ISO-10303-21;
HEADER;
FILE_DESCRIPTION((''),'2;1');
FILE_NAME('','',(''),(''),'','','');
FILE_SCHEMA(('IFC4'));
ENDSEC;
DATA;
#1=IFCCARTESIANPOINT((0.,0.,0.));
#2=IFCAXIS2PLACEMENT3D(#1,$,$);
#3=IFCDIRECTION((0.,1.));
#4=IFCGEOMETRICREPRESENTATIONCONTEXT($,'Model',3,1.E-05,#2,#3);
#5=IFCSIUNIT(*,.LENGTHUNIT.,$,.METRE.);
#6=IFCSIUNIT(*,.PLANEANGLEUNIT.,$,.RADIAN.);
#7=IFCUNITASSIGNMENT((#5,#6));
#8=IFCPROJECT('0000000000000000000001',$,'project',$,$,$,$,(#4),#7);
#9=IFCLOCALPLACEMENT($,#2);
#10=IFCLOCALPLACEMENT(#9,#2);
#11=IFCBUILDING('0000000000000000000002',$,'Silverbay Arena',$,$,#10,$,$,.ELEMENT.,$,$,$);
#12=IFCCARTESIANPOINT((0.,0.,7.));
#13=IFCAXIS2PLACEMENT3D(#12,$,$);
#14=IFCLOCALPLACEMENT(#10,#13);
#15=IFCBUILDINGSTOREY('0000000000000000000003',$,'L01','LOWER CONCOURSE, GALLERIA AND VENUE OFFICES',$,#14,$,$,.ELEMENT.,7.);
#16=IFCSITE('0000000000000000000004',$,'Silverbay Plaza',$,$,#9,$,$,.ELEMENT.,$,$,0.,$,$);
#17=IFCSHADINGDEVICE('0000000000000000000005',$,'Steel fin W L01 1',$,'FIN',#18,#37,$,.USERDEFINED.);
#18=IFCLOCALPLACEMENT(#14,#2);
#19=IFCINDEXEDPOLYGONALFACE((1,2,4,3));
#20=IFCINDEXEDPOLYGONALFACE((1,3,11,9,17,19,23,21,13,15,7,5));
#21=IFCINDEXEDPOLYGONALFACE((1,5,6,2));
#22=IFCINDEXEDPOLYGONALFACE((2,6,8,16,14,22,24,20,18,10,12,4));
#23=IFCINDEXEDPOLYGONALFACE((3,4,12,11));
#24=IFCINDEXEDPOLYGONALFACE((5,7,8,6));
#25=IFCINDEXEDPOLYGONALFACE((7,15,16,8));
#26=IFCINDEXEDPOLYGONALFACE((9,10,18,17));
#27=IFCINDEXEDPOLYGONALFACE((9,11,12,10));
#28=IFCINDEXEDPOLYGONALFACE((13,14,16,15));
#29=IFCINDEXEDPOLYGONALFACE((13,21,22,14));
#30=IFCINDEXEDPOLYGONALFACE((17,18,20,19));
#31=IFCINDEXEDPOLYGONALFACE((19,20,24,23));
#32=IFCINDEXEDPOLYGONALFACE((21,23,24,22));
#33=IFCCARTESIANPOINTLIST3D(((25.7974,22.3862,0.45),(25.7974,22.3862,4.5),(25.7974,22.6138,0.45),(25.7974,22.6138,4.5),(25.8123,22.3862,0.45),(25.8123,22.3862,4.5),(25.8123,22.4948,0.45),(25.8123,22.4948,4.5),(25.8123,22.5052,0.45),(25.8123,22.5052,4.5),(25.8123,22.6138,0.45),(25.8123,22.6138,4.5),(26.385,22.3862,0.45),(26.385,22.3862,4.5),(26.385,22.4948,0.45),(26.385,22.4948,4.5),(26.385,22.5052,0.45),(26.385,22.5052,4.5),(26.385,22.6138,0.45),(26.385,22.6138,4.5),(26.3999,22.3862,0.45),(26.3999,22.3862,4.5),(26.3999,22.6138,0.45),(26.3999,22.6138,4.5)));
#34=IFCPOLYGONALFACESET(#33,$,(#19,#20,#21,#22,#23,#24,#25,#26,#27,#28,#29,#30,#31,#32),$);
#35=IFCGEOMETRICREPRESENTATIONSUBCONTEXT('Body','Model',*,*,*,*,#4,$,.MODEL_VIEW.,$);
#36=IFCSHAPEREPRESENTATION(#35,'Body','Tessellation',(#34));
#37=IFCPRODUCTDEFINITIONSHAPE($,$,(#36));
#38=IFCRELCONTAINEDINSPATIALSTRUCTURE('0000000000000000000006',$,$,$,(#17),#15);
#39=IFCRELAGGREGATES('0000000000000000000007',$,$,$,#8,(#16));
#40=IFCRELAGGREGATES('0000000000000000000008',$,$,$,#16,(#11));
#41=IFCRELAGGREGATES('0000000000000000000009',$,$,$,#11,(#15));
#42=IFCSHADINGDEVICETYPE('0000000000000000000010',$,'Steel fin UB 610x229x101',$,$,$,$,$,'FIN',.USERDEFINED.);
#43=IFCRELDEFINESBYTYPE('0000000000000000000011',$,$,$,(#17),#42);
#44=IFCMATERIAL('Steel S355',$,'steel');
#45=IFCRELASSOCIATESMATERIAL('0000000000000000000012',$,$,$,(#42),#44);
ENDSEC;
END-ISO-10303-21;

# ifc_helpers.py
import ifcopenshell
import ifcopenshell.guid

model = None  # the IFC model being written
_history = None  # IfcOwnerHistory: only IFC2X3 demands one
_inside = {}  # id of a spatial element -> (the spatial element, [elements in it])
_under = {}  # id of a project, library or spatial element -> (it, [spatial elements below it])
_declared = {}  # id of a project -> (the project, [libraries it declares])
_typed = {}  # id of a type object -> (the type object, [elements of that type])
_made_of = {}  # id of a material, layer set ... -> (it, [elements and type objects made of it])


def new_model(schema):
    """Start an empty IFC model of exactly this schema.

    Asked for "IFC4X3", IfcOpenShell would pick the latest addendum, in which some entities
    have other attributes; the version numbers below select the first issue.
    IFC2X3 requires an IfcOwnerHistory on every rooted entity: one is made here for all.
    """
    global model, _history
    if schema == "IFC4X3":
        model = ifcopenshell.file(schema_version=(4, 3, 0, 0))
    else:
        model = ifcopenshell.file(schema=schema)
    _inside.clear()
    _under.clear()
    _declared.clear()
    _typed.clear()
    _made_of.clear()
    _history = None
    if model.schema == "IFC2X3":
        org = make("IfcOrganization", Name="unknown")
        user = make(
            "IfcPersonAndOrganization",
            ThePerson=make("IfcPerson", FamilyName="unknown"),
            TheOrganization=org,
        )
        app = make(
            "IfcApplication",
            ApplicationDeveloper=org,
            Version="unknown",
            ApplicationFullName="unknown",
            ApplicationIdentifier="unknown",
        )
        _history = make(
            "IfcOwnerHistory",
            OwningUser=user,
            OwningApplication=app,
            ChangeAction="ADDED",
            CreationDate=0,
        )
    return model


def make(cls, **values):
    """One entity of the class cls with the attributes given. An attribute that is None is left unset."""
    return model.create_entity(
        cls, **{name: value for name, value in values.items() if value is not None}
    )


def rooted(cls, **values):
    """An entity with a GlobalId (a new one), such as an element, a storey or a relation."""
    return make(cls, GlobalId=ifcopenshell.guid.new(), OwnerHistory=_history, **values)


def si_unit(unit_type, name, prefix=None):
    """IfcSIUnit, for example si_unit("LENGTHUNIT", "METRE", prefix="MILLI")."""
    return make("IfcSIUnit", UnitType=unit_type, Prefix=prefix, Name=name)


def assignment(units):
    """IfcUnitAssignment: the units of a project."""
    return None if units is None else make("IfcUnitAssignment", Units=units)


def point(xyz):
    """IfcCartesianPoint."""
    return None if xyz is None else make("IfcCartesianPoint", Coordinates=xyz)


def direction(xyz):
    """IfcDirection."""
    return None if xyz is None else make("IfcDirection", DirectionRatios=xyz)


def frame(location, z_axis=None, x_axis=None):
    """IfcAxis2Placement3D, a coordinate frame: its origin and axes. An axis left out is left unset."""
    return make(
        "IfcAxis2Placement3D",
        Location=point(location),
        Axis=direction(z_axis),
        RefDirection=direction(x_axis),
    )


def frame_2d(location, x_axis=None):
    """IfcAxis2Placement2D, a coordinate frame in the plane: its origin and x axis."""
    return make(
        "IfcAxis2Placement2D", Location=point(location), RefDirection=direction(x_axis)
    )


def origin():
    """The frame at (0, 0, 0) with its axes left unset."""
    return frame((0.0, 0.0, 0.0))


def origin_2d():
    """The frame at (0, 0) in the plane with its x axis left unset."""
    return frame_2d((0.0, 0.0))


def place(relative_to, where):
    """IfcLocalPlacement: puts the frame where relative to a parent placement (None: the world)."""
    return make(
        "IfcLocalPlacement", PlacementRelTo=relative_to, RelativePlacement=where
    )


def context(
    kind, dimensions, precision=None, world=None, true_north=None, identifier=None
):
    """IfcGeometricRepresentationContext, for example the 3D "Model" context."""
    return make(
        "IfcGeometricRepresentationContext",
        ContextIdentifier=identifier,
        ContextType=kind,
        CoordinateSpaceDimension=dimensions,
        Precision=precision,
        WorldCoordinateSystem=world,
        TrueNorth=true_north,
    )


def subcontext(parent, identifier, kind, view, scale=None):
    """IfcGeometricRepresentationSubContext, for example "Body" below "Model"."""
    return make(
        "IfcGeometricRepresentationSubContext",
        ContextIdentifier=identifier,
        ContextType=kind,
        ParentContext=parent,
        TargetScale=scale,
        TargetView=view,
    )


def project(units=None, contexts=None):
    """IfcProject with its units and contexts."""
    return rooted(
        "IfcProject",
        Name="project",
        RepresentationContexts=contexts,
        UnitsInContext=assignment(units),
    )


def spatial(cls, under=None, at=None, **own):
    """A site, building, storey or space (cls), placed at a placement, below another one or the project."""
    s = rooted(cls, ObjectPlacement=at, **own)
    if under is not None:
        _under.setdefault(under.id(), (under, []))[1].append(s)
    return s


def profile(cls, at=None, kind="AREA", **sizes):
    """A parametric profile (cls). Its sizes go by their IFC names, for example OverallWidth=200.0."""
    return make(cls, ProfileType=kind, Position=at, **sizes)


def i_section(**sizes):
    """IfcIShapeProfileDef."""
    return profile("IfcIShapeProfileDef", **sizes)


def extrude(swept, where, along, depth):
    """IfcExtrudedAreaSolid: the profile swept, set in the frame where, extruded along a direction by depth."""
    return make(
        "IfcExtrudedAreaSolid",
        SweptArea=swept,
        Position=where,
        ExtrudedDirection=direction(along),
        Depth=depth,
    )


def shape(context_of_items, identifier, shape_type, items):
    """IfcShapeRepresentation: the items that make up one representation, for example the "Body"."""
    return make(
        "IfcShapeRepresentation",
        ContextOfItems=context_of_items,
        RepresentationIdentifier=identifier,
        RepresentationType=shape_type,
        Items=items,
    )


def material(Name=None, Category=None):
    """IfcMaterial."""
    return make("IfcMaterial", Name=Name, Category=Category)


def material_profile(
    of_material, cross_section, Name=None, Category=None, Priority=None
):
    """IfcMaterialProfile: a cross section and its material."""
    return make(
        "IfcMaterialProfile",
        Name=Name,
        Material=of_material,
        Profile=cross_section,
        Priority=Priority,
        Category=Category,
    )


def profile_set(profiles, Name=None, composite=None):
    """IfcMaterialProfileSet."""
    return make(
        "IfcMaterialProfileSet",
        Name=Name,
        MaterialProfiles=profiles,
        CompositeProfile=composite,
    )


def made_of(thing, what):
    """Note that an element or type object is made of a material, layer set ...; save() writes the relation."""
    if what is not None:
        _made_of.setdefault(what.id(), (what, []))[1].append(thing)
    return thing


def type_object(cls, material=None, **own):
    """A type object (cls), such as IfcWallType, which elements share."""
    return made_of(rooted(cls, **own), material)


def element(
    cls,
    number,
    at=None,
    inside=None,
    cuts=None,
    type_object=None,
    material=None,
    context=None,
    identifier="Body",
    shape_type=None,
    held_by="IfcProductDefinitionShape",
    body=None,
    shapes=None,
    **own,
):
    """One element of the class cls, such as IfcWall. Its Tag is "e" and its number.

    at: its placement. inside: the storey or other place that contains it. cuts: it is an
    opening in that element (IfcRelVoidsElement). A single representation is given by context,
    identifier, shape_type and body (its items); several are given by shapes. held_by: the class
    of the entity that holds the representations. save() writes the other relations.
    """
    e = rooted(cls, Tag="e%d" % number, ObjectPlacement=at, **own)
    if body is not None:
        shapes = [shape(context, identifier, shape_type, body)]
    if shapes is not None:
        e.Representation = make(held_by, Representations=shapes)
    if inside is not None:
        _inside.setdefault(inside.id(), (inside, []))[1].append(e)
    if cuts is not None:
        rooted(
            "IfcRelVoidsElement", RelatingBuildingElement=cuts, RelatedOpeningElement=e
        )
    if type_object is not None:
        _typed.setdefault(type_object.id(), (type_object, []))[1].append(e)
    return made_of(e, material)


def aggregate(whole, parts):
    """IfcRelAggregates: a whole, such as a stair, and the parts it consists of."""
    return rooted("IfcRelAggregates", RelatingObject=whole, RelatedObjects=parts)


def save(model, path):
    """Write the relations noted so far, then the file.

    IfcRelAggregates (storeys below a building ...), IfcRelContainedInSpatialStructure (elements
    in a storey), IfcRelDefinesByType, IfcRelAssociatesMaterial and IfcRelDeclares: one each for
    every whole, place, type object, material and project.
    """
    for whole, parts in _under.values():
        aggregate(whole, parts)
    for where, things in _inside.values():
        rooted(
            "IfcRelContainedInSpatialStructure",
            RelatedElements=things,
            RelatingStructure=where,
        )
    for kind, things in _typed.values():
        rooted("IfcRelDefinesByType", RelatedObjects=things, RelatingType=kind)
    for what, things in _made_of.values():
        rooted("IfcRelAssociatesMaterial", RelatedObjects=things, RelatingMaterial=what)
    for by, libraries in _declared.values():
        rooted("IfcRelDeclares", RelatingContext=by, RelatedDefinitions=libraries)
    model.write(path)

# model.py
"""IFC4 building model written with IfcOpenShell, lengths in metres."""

from ifc_helpers import new_model, si_unit, direction, frame, origin, origin_2d, place, context, subcontext, project, spatial, i_section, extrude, material, material_profile, profile_set, type_object, element, save


model = new_model("IFC4")

# Units and contexts
model_context = context("Model", 3, precision=1e-05, world=origin(), true_north=direction((0.0, 1.0)))
body_context = subcontext(model_context, "Body", "Model", "MODEL_VIEW")
ifc_project = project(units=[si_unit("LENGTHUNIT", "METRE"), si_unit("PLANEANGLEUNIT", "RADIAN")], contexts=[model_context])

# Site, building, storey
site_placement = place(None, origin())
site = spatial("IfcSite", under=ifc_project, at=site_placement, Name="Silverbay Plaza", CompositionType="ELEMENT", RefElevation=0.0)
building_placement = place(site_placement, origin())
building = spatial("IfcBuilding", under=site, at=building_placement, Name="Silverbay Arena", CompositionType="ELEMENT")
storey_placement = place(building_placement, frame((0.0, 0.0, 7.0)))
storey = spatial("IfcBuildingStorey", under=building, at=storey_placement, Name="L01", Description="LOWER CONCOURSE, GALLERIA AND VENUE OFFICES", CompositionType="ELEMENT", Elevation=7.0)

# Shading device
ifc_material_1 = material(Name="Steel S355", Category="steel")
ifc_material_profile_1 = material_profile(ifc_material_1, i_section(OverallWidth=0.2275, OverallDepth=0.6025, WebThickness=0.0105, FlangeThickness=0.0149, at=origin_2d()), Name="UB 610x229x101")
ifc_profile_set_1 = profile_set([ifc_material_profile_1], Name="Steel S355")
shading_device_type = type_object("IfcShadingDeviceType", Name="Steel fin UB 610x229x101", ElementType="FIN", PredefinedType="USERDEFINED", material=ifc_profile_set_1)
shading_device_placement = place(storey_placement, frame((26.0986, 22.5, 0.45), z_axis=(0.0, 0.0, 1.0), x_axis=(0.0, 1.0, 0.0)))
element("IfcShadingDevice", 1, at=shading_device_placement, inside=storey, type_object=shading_device_type, Name="Steel fin W L01 1", ObjectType="FIN", PredefinedType="USERDEFINED", context=body_context, shape_type="SweptSolid", body=[
    extrude(i_section(OverallWidth=0.2275, OverallDepth=0.6025, WebThickness=0.0105, FlangeThickness=0.0149, at=origin_2d()), origin(), (0.0, 0.0, 1.0), 4.05),
])

save(model, "model.ifc")
